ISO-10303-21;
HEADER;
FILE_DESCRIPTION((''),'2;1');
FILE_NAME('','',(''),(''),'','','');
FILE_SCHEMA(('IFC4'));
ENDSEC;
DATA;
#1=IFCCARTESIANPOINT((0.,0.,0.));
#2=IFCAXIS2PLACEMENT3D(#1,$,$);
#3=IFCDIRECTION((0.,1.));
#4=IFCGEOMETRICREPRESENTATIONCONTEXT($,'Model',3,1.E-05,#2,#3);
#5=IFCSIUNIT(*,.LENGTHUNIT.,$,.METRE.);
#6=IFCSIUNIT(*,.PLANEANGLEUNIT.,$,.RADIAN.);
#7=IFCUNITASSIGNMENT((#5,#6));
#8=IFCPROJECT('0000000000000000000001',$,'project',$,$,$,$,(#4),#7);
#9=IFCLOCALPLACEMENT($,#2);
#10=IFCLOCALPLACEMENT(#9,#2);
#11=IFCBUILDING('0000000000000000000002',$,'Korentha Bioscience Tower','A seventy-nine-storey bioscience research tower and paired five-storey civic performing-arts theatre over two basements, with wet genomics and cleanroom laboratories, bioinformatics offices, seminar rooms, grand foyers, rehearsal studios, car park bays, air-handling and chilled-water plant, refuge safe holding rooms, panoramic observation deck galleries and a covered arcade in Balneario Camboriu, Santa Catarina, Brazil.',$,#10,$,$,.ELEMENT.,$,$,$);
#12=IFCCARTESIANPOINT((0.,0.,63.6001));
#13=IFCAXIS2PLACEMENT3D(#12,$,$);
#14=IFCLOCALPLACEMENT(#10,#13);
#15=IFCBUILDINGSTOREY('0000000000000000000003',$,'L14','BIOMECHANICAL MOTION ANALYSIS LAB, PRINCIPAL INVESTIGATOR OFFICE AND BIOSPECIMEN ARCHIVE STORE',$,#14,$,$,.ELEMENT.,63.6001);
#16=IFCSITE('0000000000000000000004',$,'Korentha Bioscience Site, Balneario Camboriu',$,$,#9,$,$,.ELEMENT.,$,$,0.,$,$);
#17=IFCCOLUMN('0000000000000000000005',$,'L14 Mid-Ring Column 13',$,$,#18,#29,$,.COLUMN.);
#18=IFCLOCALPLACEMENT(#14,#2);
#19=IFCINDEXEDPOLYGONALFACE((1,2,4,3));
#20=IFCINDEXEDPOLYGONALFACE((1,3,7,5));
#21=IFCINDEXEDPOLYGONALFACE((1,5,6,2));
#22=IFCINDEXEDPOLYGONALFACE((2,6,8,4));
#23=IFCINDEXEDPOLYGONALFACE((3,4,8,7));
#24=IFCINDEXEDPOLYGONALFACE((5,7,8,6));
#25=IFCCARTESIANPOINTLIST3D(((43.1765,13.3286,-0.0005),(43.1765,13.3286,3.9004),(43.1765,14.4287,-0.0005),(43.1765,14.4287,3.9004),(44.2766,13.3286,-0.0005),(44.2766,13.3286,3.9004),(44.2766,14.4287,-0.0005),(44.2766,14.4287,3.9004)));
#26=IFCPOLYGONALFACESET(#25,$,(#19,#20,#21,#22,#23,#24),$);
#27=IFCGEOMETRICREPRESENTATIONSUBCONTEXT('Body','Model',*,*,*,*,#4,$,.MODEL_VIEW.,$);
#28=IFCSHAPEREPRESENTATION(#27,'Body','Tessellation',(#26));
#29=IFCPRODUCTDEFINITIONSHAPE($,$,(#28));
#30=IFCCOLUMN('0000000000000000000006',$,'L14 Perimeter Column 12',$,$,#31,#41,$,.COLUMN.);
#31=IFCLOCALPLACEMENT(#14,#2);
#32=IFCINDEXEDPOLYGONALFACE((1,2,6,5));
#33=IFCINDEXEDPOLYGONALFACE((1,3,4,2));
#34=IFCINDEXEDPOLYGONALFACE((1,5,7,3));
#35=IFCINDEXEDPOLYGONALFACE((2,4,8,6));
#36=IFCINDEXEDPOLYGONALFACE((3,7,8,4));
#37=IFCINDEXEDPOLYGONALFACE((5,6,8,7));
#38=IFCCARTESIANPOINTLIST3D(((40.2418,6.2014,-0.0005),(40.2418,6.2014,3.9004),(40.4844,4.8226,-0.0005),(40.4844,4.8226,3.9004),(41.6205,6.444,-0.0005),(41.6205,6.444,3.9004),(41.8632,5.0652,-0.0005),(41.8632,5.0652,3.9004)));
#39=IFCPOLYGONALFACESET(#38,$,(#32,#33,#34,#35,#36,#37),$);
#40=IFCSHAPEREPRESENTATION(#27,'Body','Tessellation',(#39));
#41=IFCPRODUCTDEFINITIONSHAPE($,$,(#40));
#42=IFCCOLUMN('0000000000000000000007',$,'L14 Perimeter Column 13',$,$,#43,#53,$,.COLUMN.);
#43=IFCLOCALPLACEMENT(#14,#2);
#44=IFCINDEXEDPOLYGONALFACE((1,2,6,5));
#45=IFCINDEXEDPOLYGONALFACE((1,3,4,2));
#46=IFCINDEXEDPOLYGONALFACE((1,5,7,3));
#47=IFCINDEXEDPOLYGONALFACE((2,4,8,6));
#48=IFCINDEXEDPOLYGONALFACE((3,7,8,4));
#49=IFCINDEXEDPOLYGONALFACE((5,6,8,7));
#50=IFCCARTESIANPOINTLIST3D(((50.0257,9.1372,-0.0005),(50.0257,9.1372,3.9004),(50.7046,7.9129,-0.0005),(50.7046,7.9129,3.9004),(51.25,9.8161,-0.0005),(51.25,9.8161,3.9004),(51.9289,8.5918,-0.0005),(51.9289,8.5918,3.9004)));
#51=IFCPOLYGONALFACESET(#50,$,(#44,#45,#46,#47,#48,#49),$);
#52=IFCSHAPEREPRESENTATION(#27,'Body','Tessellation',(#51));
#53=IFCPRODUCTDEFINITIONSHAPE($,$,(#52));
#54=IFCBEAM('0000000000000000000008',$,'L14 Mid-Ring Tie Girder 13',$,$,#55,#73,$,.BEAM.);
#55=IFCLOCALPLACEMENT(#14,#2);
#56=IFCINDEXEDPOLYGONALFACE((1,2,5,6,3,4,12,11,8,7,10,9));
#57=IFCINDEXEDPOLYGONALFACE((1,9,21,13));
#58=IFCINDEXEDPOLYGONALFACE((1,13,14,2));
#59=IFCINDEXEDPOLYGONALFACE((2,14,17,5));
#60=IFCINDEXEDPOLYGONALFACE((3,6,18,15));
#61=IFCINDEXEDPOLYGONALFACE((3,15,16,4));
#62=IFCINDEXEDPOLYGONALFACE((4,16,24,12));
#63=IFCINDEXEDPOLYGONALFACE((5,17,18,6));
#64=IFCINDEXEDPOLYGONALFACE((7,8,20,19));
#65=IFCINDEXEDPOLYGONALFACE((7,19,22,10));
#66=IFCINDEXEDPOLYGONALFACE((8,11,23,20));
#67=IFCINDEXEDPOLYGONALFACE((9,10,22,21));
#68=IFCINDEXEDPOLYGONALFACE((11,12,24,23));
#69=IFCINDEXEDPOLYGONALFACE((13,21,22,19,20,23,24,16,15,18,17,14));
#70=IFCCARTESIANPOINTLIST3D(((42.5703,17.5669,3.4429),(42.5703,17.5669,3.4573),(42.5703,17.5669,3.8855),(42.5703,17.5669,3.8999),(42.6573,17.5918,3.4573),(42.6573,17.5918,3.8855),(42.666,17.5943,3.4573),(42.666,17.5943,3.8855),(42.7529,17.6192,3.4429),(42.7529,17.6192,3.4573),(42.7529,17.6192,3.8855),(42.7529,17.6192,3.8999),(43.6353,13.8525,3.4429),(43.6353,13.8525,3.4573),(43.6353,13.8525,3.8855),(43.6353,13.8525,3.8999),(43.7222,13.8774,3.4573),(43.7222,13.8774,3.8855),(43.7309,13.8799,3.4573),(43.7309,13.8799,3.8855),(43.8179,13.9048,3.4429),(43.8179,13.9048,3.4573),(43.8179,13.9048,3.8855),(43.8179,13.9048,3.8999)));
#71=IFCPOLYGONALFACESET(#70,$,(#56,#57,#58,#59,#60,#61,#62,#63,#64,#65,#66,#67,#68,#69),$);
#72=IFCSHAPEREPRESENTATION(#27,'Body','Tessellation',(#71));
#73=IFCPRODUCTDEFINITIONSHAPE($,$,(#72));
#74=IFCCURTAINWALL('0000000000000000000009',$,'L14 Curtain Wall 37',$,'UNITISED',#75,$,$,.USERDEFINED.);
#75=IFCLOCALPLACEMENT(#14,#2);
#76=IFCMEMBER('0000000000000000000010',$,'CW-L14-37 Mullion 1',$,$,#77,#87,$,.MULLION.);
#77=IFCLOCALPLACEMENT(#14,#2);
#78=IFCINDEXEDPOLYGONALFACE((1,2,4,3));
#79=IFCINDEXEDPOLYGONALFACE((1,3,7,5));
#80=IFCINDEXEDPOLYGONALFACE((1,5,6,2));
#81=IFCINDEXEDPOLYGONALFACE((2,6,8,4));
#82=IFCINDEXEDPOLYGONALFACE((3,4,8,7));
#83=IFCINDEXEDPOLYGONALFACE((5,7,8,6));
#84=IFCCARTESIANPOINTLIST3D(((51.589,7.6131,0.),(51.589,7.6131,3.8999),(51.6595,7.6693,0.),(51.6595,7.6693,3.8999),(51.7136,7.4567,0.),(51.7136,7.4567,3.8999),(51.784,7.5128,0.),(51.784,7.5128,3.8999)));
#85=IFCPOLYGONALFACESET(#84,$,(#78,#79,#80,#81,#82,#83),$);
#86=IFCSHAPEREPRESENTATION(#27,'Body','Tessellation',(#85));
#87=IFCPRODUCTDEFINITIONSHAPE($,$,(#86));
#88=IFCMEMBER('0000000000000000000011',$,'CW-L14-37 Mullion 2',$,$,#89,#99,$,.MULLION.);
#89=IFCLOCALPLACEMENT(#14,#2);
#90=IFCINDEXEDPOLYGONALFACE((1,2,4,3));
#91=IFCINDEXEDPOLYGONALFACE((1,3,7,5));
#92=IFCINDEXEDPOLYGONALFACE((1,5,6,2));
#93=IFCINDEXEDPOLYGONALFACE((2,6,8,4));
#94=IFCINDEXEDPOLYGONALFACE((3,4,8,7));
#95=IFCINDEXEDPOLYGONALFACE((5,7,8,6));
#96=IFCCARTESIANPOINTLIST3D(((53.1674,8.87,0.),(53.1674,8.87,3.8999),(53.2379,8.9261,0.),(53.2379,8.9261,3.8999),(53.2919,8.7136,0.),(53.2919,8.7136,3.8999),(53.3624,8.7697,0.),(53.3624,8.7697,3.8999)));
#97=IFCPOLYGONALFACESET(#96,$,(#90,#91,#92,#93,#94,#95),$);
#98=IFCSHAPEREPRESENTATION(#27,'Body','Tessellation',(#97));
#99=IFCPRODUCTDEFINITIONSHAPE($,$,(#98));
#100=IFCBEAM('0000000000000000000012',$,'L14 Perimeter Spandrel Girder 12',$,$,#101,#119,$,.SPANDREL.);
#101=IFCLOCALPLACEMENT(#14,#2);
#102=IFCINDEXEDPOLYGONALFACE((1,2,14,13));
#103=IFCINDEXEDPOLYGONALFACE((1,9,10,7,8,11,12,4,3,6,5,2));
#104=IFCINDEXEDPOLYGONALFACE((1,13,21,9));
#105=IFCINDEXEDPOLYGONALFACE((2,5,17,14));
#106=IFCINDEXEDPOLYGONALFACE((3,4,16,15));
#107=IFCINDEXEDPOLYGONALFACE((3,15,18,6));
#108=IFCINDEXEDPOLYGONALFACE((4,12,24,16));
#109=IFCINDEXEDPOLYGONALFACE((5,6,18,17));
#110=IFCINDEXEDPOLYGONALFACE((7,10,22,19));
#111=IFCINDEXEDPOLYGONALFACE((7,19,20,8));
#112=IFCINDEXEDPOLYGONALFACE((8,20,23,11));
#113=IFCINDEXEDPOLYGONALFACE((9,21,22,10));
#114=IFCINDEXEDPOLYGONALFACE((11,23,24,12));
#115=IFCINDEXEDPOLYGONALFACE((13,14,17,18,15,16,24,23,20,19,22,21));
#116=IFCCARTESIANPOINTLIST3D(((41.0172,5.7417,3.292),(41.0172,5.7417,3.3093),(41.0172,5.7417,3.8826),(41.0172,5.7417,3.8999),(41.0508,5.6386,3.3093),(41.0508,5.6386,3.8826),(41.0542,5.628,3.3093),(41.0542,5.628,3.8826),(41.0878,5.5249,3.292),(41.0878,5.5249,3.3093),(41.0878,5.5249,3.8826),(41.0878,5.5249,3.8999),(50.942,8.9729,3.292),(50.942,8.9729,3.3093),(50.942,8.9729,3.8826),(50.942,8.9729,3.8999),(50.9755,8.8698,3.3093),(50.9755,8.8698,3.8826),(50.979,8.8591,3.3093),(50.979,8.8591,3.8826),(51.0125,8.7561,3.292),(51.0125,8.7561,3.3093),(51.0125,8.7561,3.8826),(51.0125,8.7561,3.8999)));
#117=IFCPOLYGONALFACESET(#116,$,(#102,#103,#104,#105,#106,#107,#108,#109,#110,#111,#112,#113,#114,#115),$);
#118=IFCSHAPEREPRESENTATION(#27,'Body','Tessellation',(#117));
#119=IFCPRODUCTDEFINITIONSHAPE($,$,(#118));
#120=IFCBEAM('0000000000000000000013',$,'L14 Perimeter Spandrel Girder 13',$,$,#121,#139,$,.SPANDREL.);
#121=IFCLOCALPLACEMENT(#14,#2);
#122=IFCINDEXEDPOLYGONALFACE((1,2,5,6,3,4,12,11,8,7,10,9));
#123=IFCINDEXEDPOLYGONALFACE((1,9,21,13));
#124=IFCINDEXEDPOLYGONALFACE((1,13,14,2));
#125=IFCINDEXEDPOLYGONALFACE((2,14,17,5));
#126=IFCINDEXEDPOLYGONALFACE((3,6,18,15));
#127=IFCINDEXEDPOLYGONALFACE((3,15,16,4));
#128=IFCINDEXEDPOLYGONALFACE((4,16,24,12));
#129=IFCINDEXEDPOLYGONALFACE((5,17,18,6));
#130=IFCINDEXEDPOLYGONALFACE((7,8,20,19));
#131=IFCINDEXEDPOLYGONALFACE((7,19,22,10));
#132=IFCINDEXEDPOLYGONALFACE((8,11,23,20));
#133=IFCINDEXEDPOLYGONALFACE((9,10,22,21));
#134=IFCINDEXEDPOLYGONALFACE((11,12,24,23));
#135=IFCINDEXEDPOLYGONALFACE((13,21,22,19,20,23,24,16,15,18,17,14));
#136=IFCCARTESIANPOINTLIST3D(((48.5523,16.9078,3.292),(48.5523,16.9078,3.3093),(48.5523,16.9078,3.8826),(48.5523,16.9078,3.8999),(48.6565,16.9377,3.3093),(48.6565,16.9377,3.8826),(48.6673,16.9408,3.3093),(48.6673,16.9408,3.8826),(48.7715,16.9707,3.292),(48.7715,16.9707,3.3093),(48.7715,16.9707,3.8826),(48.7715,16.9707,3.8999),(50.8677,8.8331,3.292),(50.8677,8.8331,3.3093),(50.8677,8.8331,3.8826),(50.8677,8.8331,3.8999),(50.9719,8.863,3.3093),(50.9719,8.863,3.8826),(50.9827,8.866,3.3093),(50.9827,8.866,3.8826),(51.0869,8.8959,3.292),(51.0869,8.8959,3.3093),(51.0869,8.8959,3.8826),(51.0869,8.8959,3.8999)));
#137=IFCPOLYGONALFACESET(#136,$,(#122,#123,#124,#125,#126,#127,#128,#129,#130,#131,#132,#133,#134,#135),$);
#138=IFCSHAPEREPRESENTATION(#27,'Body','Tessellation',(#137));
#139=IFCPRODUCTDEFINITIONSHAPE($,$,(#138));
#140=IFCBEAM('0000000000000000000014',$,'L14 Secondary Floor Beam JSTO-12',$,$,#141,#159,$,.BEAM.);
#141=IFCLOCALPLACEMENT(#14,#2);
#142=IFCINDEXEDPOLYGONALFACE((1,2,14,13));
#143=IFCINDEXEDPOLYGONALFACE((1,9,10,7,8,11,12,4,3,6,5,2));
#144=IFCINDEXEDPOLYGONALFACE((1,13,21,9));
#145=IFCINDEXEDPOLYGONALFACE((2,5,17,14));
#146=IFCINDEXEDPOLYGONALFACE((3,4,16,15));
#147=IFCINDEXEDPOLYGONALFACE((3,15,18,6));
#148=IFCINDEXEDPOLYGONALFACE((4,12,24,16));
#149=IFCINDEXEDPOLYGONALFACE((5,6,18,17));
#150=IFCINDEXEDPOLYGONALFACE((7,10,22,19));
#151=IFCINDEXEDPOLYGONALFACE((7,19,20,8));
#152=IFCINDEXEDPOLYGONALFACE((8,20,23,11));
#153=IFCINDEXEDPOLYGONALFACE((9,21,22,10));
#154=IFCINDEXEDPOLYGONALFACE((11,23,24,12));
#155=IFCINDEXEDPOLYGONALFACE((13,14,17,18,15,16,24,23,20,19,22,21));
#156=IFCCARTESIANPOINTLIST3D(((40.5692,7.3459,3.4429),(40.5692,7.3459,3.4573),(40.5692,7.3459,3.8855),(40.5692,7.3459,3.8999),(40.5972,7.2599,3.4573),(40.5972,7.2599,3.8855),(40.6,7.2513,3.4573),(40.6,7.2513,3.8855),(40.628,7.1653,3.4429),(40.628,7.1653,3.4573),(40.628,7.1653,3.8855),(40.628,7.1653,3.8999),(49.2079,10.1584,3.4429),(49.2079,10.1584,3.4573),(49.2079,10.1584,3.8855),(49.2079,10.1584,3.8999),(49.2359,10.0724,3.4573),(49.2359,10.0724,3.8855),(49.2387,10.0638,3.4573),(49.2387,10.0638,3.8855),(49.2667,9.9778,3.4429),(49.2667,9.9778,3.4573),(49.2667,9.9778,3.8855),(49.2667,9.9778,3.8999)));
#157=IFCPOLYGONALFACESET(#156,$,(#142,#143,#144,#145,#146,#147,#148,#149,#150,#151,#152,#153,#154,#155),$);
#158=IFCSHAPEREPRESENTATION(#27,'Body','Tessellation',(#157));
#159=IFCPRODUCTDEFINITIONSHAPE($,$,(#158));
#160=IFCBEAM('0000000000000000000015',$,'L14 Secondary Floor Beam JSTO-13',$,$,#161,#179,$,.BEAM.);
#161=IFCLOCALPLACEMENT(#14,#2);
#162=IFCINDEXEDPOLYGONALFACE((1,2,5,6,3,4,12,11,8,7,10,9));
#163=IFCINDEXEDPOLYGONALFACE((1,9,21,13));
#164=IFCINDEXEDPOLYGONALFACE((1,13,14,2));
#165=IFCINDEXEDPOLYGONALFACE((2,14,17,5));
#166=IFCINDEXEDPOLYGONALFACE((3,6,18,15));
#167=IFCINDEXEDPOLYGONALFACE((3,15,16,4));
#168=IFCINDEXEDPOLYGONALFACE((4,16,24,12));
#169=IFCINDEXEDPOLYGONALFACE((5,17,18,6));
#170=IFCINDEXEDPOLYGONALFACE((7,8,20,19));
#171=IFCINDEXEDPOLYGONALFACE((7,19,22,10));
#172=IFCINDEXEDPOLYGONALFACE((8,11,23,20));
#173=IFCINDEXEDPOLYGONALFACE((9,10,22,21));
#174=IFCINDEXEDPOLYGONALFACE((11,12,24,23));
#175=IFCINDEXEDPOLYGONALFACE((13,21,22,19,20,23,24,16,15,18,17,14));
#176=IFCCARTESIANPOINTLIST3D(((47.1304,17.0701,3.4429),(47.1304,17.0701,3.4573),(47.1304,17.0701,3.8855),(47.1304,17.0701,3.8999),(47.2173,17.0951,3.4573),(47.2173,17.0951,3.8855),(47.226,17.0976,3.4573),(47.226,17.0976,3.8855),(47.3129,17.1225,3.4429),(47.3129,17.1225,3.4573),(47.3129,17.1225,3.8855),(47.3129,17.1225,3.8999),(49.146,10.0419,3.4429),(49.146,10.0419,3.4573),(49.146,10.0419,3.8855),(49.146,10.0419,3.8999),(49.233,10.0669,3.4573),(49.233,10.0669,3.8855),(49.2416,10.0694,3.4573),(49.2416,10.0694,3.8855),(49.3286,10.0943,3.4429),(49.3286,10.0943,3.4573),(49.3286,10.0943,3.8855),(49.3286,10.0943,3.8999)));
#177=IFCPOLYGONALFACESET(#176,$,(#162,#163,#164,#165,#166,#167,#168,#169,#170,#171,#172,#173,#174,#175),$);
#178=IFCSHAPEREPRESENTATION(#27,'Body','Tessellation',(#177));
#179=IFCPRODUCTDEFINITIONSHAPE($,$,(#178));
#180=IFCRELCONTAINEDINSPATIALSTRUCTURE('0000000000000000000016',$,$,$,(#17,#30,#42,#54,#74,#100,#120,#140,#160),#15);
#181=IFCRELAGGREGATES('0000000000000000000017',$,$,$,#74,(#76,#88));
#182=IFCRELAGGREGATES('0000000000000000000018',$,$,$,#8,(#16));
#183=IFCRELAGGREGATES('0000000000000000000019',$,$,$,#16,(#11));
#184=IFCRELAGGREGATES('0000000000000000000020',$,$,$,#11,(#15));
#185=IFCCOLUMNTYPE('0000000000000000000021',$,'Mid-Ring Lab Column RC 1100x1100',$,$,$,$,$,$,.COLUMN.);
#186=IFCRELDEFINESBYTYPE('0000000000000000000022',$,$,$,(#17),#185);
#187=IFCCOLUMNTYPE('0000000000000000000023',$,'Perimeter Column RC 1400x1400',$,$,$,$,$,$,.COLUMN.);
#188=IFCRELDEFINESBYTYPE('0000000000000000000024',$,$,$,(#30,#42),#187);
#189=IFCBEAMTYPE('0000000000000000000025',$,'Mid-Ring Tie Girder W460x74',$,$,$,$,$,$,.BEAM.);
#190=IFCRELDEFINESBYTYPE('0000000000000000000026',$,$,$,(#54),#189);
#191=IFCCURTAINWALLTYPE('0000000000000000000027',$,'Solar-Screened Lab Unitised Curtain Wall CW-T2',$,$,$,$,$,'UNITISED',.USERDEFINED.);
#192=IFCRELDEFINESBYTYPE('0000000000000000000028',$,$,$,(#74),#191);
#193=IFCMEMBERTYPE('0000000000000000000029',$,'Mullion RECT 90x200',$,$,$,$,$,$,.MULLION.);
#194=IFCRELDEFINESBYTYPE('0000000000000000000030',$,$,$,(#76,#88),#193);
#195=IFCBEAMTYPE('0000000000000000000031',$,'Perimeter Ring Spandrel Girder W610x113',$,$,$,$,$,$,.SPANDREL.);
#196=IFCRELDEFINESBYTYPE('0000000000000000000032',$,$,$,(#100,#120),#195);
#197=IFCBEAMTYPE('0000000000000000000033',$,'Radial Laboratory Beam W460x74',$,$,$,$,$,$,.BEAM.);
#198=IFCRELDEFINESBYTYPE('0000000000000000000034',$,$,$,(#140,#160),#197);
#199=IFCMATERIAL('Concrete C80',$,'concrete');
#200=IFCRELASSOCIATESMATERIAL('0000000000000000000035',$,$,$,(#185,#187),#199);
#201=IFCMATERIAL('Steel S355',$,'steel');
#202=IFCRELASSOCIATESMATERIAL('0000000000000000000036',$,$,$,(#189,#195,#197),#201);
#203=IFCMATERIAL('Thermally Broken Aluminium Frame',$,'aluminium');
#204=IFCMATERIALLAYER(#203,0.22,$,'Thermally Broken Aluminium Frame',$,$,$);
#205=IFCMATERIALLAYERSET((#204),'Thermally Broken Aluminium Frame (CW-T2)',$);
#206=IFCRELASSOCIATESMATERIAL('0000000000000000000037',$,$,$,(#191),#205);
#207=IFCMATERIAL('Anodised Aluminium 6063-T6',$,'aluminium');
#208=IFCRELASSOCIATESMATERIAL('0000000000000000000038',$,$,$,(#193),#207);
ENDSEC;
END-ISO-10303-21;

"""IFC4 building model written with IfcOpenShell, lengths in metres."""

from ifc_helpers import new_model, si_unit, direction, frame, origin, origin_2d, place, context, subcontext, project, spatial, rectangle, i_section, extrude, material, layer, layer_set, material_profile, profile_set, type_object, element, aggregate, save


model = new_model("IFC4")

# Units and contexts
model_context = context("Model", 3, precision=1e-05, world=origin(), true_north=direction((0.0, 1.0)))
body_context = subcontext(model_context, "Body", "Model", "MODEL_VIEW")
ifc_project = project(units=[si_unit("LENGTHUNIT", "METRE"), si_unit("PLANEANGLEUNIT", "RADIAN")], contexts=[model_context])

# Site, building, storey
site_placement = place(None, origin())
site = spatial("IfcSite", under=ifc_project, at=site_placement, Name="Korentha Bioscience Site, Balneario Camboriu", CompositionType="ELEMENT", RefElevation=0.0)
building_placement = place(site_placement, origin())
building = spatial("IfcBuilding", under=site, at=building_placement, Name="Korentha Bioscience Tower", Description="A seventy-nine-storey bioscience research tower and paired five-storey civic performing-arts theatre over two basements, with wet genomics and cleanroom laboratories, bioinformatics offices, seminar rooms, grand foyers, rehearsal studios, car park bays, air-handling and chilled-water plant, refuge safe holding rooms, panoramic observation deck galleries and a covered arcade in Balneario Camboriu, Santa Catarina, Brazil.", CompositionType="ELEMENT")
storey_placement = place(building_placement, frame((0.0, 0.0, 63.6001)))
storey = spatial("IfcBuildingStorey", under=building, at=storey_placement, Name="L14", Description="BIOMECHANICAL MOTION ANALYSIS LAB, PRINCIPAL INVESTIGATOR OFFICE AND BIOSPECIMEN ARCHIVE STORE", CompositionType="ELEMENT", Elevation=63.6001)

# Columns
ifc_material_1 = material(Name="Concrete C80", Category="concrete")
ifc_material_profile_1 = material_profile(ifc_material_1, rectangle(XDim=1.1001, YDim=1.1001, at=origin_2d()), Name="Concrete C80")
ifc_profile_set_1 = profile_set([ifc_material_profile_1], Name="Concrete C80 (COL-MR11)")
column_type_1 = type_object("IfcColumnType", Name="Mid-Ring Lab Column RC 1100x1100", PredefinedType="COLUMN", material=ifc_profile_set_1)
column_placement = place(storey_placement, frame((43.7266, 13.8787, -0.0005), z_axis=(0.0, 0.0, 1.0), x_axis=(1.0, 0.0, 0.0)))
element("IfcColumn", 1, at=column_placement, inside=storey, type_object=column_type_1, Name="L14 Mid-Ring Column 13", PredefinedType="COLUMN", context=body_context, shape_type="SweptSolid", body=[
    extrude(rectangle(XDim=1.1001, YDim=1.1001, at=origin_2d()), origin(), (0.0, 0.0, 1.0), 3.9009),
])
ifc_material_profile_2 = material_profile(ifc_material_1, rectangle(XDim=1.3999, YDim=1.3999, at=origin_2d()), Name="Concrete C80")
ifc_profile_set_2 = profile_set([ifc_material_profile_2], Name="Concrete C80 (COL-P14)")
column_type_2 = type_object("IfcColumnType", Name="Perimeter Column RC 1400x1400", PredefinedType="COLUMN", material=ifc_profile_set_2)
for number, where, z_axis, x_axis, name in (
    (2, (41.0525, 5.6333, -0.0005), (0.0, 0.0, 1.0), (0.984868, 0.173304, 0.0), "L14 Perimeter Column 12"),
    (3, (50.9773, 8.8645, -0.0005), (0.0, 0.0, 1.0), (0.874535, 0.484962, 0.0), "L14 Perimeter Column 13"),
):
    element("IfcColumn", number, at=place(storey_placement, frame(where, z_axis=z_axis, x_axis=x_axis)), inside=storey, type_object=column_type_2, Name=name, PredefinedType="COLUMN", context=body_context, shape_type="SweptSolid", body=[
        extrude(rectangle(XDim=1.3999, YDim=1.3999, at=origin_2d()), origin(), (0.0, 0.0, 1.0), 3.9009),
    ])

# Beam
ifc_material_2 = material(Name="Steel S355", Category="steel")
ifc_material_profile_3 = material_profile(ifc_material_2, i_section(OverallWidth=0.1899, OverallDepth=0.457, WebThickness=0.009, FlangeThickness=0.0144, at=origin_2d()), Name="Steel S355")
ifc_profile_set_3 = profile_set([ifc_material_profile_3], Name="Steel S355 (MB-460)")
beam_type_1 = type_object("IfcBeamType", Name="Mid-Ring Tie Girder W460x74", PredefinedType="BEAM", material=ifc_profile_set_3)
beam_1_placement = place(storey_placement, frame((43.7266, 13.8787, 3.6714), z_axis=(-0.275606, 0.961271, 0.0), x_axis=(-0.961271, -0.275606, 0.0)))
element("IfcBeam", 4, at=beam_1_placement, inside=storey, type_object=beam_type_1, Name="L14 Mid-Ring Tie Girder 13", PredefinedType="BEAM", context=body_context, shape_type="SweptSolid", body=[
    extrude(i_section(OverallWidth=0.1899, OverallDepth=0.457, WebThickness=0.009, FlangeThickness=0.0144, at=origin_2d()), origin(), (0.0, 0.0, 1.0), 3.864),
])

# Curtain wall, members
ifc_material_3 = material(Name="Thermally Broken Aluminium Frame", Category="aluminium")
ifc_layer_1 = layer(ifc_material_3, 0.22, Name="Thermally Broken Aluminium Frame")
ifc_layer_set_1 = layer_set([ifc_layer_1], Name="Thermally Broken Aluminium Frame (CW-T2)")
curtain_wall_type = type_object("IfcCurtainWallType", Name="Solar-Screened Lab Unitised Curtain Wall CW-T2", ElementType="UNITISED", PredefinedType="USERDEFINED", material=ifc_layer_set_1)
curtain_wall_placement = place(storey_placement, origin())
curtain_wall = element("IfcCurtainWall", 5, at=curtain_wall_placement, inside=storey, type_object=curtain_wall_type, Name="L14 Curtain Wall 37", ObjectType="UNITISED", PredefinedType="USERDEFINED")
ifc_material_4 = material(Name="Anodised Aluminium 6063-T6", Category="aluminium")
ifc_material_profile_4 = material_profile(ifc_material_4, rectangle(XDim=0.0901, YDim=0.2, at=origin_2d()), Name="Anodised Aluminium 6063-T6")
ifc_profile_set_4 = profile_set([ifc_material_profile_4], Name="Anodised Aluminium 6063-T6 (CW-MUL)")
member_type_1 = type_object("IfcMemberType", Name="Mullion RECT 90x200", PredefinedType="MULLION", material=ifc_profile_set_4)
member_1_placement = place(storey_placement, frame((51.6865, 7.563, 0.0), z_axis=(0.0, 0.0, 1.0), x_axis=(0.782288, 0.622917, 0.0)))
member_1 = element("IfcMember", 6, at=member_1_placement, type_object=member_type_1, Name="CW-L14-37 Mullion 1", PredefinedType="MULLION", context=body_context, shape_type="SweptSolid", body=[
    extrude(rectangle(XDim=0.0901, YDim=0.2, at=origin_2d()), origin(), (0.0, 0.0, 1.0), 3.8999),
])
member_2_placement = place(storey_placement, frame((53.2649, 8.8198, 0.0), z_axis=(0.0, 0.0, 1.0), x_axis=(0.782288, 0.622917, 0.0)))
member_2 = element("IfcMember", 7, at=member_2_placement, type_object=member_type_1, Name="CW-L14-37 Mullion 2", PredefinedType="MULLION", context=body_context, shape_type="SweptSolid", body=[
    extrude(rectangle(XDim=0.0901, YDim=0.2, at=origin_2d()), origin(), (0.0, 0.0, 1.0), 3.8999),
])

# Beams
ifc_material_profile_5 = material_profile(ifc_material_2, i_section(OverallWidth=0.228, OverallDepth=0.6079, WebThickness=0.0112, FlangeThickness=0.0173, at=origin_2d()), Name="Steel S355")
ifc_profile_set_5 = profile_set([ifc_material_profile_5], Name="Steel S355 (SB-610)")
beam_type_2 = type_object("IfcBeamType", Name="Perimeter Ring Spandrel Girder W610x113", PredefinedType="SPANDREL", material=ifc_profile_set_5)
beam_2_placement = place(storey_placement, frame((41.0525, 5.6333, 3.5959), z_axis=(0.950875, 0.309575, 0.0), x_axis=(-0.309575, 0.950875, 0.0)))
element("IfcBeam", 8, at=beam_2_placement, inside=storey, type_object=beam_type_2, Name="L14 Perimeter Spandrel Girder 12", PredefinedType="SPANDREL", context=body_context, shape_type="SweptSolid", body=[
    extrude(i_section(OverallWidth=0.228, OverallDepth=0.6079, WebThickness=0.0112, FlangeThickness=0.0173, at=origin_2d()), origin(), (0.0, 0.0, 1.0), 10.4375),
])
beam_3_placement = place(storey_placement, frame((50.9773, 8.8645, 3.5959), z_axis=(-0.275642, 0.96126, 0.0), x_axis=(-0.96126, -0.275642, 0.0)))
element("IfcBeam", 9, at=beam_3_placement, inside=storey, type_object=beam_type_2, Name="L14 Perimeter Spandrel Girder 13", PredefinedType="SPANDREL", context=body_context, shape_type="SweptSolid", body=[
    extrude(i_section(OverallWidth=0.228, OverallDepth=0.6079, WebThickness=0.0112, FlangeThickness=0.0173, at=origin_2d()), origin(), (0.0, 0.0, 1.0), 8.4001),
])
ifc_material_profile_6 = material_profile(ifc_material_2, i_section(OverallWidth=0.1899, OverallDepth=0.457, WebThickness=0.009, FlangeThickness=0.0144, at=origin_2d()), Name="Steel S355")
ifc_profile_set_6 = profile_set([ifc_material_profile_6], Name="Steel S355 (RB-460)")
beam_type_3 = type_object("IfcBeamType", Name="Radial Laboratory Beam W460x74", PredefinedType="BEAM", material=ifc_profile_set_6)
beam_4_placement = place(storey_placement, frame((40.5986, 7.2556, 3.6714), z_axis=(0.950874, 0.309577, 0.0), x_axis=(-0.309577, 0.950874, 0.0)))
element("IfcBeam", 10, at=beam_4_placement, inside=storey, type_object=beam_type_3, Name="L14 Secondary Floor Beam JSTO-12", PredefinedType="BEAM", context=body_context, shape_type="SweptSolid", body=[
    extrude(i_section(OverallWidth=0.1899, OverallDepth=0.457, WebThickness=0.009, FlangeThickness=0.0144, at=origin_2d()), origin(), (0.0, 0.0, 1.0), 9.085),
])
beam_5_placement = place(storey_placement, frame((49.2373, 10.0681, 3.6714), z_axis=(-0.275682, 0.961249, 0.0), x_axis=(-0.961249, -0.275682, 0.0)))
element("IfcBeam", 11, at=beam_5_placement, inside=storey, type_object=beam_type_3, Name="L14 Secondary Floor Beam JSTO-13", PredefinedType="BEAM", context=body_context, shape_type="SweptSolid", body=[
    extrude(i_section(OverallWidth=0.1899, OverallDepth=0.457, WebThickness=0.009, FlangeThickness=0.0144, at=origin_2d()), origin(), (0.0, 0.0, 1.0), 7.3115),
])

aggregate(curtain_wall, [member_1, member_2])

save(model, "model.ifc")
